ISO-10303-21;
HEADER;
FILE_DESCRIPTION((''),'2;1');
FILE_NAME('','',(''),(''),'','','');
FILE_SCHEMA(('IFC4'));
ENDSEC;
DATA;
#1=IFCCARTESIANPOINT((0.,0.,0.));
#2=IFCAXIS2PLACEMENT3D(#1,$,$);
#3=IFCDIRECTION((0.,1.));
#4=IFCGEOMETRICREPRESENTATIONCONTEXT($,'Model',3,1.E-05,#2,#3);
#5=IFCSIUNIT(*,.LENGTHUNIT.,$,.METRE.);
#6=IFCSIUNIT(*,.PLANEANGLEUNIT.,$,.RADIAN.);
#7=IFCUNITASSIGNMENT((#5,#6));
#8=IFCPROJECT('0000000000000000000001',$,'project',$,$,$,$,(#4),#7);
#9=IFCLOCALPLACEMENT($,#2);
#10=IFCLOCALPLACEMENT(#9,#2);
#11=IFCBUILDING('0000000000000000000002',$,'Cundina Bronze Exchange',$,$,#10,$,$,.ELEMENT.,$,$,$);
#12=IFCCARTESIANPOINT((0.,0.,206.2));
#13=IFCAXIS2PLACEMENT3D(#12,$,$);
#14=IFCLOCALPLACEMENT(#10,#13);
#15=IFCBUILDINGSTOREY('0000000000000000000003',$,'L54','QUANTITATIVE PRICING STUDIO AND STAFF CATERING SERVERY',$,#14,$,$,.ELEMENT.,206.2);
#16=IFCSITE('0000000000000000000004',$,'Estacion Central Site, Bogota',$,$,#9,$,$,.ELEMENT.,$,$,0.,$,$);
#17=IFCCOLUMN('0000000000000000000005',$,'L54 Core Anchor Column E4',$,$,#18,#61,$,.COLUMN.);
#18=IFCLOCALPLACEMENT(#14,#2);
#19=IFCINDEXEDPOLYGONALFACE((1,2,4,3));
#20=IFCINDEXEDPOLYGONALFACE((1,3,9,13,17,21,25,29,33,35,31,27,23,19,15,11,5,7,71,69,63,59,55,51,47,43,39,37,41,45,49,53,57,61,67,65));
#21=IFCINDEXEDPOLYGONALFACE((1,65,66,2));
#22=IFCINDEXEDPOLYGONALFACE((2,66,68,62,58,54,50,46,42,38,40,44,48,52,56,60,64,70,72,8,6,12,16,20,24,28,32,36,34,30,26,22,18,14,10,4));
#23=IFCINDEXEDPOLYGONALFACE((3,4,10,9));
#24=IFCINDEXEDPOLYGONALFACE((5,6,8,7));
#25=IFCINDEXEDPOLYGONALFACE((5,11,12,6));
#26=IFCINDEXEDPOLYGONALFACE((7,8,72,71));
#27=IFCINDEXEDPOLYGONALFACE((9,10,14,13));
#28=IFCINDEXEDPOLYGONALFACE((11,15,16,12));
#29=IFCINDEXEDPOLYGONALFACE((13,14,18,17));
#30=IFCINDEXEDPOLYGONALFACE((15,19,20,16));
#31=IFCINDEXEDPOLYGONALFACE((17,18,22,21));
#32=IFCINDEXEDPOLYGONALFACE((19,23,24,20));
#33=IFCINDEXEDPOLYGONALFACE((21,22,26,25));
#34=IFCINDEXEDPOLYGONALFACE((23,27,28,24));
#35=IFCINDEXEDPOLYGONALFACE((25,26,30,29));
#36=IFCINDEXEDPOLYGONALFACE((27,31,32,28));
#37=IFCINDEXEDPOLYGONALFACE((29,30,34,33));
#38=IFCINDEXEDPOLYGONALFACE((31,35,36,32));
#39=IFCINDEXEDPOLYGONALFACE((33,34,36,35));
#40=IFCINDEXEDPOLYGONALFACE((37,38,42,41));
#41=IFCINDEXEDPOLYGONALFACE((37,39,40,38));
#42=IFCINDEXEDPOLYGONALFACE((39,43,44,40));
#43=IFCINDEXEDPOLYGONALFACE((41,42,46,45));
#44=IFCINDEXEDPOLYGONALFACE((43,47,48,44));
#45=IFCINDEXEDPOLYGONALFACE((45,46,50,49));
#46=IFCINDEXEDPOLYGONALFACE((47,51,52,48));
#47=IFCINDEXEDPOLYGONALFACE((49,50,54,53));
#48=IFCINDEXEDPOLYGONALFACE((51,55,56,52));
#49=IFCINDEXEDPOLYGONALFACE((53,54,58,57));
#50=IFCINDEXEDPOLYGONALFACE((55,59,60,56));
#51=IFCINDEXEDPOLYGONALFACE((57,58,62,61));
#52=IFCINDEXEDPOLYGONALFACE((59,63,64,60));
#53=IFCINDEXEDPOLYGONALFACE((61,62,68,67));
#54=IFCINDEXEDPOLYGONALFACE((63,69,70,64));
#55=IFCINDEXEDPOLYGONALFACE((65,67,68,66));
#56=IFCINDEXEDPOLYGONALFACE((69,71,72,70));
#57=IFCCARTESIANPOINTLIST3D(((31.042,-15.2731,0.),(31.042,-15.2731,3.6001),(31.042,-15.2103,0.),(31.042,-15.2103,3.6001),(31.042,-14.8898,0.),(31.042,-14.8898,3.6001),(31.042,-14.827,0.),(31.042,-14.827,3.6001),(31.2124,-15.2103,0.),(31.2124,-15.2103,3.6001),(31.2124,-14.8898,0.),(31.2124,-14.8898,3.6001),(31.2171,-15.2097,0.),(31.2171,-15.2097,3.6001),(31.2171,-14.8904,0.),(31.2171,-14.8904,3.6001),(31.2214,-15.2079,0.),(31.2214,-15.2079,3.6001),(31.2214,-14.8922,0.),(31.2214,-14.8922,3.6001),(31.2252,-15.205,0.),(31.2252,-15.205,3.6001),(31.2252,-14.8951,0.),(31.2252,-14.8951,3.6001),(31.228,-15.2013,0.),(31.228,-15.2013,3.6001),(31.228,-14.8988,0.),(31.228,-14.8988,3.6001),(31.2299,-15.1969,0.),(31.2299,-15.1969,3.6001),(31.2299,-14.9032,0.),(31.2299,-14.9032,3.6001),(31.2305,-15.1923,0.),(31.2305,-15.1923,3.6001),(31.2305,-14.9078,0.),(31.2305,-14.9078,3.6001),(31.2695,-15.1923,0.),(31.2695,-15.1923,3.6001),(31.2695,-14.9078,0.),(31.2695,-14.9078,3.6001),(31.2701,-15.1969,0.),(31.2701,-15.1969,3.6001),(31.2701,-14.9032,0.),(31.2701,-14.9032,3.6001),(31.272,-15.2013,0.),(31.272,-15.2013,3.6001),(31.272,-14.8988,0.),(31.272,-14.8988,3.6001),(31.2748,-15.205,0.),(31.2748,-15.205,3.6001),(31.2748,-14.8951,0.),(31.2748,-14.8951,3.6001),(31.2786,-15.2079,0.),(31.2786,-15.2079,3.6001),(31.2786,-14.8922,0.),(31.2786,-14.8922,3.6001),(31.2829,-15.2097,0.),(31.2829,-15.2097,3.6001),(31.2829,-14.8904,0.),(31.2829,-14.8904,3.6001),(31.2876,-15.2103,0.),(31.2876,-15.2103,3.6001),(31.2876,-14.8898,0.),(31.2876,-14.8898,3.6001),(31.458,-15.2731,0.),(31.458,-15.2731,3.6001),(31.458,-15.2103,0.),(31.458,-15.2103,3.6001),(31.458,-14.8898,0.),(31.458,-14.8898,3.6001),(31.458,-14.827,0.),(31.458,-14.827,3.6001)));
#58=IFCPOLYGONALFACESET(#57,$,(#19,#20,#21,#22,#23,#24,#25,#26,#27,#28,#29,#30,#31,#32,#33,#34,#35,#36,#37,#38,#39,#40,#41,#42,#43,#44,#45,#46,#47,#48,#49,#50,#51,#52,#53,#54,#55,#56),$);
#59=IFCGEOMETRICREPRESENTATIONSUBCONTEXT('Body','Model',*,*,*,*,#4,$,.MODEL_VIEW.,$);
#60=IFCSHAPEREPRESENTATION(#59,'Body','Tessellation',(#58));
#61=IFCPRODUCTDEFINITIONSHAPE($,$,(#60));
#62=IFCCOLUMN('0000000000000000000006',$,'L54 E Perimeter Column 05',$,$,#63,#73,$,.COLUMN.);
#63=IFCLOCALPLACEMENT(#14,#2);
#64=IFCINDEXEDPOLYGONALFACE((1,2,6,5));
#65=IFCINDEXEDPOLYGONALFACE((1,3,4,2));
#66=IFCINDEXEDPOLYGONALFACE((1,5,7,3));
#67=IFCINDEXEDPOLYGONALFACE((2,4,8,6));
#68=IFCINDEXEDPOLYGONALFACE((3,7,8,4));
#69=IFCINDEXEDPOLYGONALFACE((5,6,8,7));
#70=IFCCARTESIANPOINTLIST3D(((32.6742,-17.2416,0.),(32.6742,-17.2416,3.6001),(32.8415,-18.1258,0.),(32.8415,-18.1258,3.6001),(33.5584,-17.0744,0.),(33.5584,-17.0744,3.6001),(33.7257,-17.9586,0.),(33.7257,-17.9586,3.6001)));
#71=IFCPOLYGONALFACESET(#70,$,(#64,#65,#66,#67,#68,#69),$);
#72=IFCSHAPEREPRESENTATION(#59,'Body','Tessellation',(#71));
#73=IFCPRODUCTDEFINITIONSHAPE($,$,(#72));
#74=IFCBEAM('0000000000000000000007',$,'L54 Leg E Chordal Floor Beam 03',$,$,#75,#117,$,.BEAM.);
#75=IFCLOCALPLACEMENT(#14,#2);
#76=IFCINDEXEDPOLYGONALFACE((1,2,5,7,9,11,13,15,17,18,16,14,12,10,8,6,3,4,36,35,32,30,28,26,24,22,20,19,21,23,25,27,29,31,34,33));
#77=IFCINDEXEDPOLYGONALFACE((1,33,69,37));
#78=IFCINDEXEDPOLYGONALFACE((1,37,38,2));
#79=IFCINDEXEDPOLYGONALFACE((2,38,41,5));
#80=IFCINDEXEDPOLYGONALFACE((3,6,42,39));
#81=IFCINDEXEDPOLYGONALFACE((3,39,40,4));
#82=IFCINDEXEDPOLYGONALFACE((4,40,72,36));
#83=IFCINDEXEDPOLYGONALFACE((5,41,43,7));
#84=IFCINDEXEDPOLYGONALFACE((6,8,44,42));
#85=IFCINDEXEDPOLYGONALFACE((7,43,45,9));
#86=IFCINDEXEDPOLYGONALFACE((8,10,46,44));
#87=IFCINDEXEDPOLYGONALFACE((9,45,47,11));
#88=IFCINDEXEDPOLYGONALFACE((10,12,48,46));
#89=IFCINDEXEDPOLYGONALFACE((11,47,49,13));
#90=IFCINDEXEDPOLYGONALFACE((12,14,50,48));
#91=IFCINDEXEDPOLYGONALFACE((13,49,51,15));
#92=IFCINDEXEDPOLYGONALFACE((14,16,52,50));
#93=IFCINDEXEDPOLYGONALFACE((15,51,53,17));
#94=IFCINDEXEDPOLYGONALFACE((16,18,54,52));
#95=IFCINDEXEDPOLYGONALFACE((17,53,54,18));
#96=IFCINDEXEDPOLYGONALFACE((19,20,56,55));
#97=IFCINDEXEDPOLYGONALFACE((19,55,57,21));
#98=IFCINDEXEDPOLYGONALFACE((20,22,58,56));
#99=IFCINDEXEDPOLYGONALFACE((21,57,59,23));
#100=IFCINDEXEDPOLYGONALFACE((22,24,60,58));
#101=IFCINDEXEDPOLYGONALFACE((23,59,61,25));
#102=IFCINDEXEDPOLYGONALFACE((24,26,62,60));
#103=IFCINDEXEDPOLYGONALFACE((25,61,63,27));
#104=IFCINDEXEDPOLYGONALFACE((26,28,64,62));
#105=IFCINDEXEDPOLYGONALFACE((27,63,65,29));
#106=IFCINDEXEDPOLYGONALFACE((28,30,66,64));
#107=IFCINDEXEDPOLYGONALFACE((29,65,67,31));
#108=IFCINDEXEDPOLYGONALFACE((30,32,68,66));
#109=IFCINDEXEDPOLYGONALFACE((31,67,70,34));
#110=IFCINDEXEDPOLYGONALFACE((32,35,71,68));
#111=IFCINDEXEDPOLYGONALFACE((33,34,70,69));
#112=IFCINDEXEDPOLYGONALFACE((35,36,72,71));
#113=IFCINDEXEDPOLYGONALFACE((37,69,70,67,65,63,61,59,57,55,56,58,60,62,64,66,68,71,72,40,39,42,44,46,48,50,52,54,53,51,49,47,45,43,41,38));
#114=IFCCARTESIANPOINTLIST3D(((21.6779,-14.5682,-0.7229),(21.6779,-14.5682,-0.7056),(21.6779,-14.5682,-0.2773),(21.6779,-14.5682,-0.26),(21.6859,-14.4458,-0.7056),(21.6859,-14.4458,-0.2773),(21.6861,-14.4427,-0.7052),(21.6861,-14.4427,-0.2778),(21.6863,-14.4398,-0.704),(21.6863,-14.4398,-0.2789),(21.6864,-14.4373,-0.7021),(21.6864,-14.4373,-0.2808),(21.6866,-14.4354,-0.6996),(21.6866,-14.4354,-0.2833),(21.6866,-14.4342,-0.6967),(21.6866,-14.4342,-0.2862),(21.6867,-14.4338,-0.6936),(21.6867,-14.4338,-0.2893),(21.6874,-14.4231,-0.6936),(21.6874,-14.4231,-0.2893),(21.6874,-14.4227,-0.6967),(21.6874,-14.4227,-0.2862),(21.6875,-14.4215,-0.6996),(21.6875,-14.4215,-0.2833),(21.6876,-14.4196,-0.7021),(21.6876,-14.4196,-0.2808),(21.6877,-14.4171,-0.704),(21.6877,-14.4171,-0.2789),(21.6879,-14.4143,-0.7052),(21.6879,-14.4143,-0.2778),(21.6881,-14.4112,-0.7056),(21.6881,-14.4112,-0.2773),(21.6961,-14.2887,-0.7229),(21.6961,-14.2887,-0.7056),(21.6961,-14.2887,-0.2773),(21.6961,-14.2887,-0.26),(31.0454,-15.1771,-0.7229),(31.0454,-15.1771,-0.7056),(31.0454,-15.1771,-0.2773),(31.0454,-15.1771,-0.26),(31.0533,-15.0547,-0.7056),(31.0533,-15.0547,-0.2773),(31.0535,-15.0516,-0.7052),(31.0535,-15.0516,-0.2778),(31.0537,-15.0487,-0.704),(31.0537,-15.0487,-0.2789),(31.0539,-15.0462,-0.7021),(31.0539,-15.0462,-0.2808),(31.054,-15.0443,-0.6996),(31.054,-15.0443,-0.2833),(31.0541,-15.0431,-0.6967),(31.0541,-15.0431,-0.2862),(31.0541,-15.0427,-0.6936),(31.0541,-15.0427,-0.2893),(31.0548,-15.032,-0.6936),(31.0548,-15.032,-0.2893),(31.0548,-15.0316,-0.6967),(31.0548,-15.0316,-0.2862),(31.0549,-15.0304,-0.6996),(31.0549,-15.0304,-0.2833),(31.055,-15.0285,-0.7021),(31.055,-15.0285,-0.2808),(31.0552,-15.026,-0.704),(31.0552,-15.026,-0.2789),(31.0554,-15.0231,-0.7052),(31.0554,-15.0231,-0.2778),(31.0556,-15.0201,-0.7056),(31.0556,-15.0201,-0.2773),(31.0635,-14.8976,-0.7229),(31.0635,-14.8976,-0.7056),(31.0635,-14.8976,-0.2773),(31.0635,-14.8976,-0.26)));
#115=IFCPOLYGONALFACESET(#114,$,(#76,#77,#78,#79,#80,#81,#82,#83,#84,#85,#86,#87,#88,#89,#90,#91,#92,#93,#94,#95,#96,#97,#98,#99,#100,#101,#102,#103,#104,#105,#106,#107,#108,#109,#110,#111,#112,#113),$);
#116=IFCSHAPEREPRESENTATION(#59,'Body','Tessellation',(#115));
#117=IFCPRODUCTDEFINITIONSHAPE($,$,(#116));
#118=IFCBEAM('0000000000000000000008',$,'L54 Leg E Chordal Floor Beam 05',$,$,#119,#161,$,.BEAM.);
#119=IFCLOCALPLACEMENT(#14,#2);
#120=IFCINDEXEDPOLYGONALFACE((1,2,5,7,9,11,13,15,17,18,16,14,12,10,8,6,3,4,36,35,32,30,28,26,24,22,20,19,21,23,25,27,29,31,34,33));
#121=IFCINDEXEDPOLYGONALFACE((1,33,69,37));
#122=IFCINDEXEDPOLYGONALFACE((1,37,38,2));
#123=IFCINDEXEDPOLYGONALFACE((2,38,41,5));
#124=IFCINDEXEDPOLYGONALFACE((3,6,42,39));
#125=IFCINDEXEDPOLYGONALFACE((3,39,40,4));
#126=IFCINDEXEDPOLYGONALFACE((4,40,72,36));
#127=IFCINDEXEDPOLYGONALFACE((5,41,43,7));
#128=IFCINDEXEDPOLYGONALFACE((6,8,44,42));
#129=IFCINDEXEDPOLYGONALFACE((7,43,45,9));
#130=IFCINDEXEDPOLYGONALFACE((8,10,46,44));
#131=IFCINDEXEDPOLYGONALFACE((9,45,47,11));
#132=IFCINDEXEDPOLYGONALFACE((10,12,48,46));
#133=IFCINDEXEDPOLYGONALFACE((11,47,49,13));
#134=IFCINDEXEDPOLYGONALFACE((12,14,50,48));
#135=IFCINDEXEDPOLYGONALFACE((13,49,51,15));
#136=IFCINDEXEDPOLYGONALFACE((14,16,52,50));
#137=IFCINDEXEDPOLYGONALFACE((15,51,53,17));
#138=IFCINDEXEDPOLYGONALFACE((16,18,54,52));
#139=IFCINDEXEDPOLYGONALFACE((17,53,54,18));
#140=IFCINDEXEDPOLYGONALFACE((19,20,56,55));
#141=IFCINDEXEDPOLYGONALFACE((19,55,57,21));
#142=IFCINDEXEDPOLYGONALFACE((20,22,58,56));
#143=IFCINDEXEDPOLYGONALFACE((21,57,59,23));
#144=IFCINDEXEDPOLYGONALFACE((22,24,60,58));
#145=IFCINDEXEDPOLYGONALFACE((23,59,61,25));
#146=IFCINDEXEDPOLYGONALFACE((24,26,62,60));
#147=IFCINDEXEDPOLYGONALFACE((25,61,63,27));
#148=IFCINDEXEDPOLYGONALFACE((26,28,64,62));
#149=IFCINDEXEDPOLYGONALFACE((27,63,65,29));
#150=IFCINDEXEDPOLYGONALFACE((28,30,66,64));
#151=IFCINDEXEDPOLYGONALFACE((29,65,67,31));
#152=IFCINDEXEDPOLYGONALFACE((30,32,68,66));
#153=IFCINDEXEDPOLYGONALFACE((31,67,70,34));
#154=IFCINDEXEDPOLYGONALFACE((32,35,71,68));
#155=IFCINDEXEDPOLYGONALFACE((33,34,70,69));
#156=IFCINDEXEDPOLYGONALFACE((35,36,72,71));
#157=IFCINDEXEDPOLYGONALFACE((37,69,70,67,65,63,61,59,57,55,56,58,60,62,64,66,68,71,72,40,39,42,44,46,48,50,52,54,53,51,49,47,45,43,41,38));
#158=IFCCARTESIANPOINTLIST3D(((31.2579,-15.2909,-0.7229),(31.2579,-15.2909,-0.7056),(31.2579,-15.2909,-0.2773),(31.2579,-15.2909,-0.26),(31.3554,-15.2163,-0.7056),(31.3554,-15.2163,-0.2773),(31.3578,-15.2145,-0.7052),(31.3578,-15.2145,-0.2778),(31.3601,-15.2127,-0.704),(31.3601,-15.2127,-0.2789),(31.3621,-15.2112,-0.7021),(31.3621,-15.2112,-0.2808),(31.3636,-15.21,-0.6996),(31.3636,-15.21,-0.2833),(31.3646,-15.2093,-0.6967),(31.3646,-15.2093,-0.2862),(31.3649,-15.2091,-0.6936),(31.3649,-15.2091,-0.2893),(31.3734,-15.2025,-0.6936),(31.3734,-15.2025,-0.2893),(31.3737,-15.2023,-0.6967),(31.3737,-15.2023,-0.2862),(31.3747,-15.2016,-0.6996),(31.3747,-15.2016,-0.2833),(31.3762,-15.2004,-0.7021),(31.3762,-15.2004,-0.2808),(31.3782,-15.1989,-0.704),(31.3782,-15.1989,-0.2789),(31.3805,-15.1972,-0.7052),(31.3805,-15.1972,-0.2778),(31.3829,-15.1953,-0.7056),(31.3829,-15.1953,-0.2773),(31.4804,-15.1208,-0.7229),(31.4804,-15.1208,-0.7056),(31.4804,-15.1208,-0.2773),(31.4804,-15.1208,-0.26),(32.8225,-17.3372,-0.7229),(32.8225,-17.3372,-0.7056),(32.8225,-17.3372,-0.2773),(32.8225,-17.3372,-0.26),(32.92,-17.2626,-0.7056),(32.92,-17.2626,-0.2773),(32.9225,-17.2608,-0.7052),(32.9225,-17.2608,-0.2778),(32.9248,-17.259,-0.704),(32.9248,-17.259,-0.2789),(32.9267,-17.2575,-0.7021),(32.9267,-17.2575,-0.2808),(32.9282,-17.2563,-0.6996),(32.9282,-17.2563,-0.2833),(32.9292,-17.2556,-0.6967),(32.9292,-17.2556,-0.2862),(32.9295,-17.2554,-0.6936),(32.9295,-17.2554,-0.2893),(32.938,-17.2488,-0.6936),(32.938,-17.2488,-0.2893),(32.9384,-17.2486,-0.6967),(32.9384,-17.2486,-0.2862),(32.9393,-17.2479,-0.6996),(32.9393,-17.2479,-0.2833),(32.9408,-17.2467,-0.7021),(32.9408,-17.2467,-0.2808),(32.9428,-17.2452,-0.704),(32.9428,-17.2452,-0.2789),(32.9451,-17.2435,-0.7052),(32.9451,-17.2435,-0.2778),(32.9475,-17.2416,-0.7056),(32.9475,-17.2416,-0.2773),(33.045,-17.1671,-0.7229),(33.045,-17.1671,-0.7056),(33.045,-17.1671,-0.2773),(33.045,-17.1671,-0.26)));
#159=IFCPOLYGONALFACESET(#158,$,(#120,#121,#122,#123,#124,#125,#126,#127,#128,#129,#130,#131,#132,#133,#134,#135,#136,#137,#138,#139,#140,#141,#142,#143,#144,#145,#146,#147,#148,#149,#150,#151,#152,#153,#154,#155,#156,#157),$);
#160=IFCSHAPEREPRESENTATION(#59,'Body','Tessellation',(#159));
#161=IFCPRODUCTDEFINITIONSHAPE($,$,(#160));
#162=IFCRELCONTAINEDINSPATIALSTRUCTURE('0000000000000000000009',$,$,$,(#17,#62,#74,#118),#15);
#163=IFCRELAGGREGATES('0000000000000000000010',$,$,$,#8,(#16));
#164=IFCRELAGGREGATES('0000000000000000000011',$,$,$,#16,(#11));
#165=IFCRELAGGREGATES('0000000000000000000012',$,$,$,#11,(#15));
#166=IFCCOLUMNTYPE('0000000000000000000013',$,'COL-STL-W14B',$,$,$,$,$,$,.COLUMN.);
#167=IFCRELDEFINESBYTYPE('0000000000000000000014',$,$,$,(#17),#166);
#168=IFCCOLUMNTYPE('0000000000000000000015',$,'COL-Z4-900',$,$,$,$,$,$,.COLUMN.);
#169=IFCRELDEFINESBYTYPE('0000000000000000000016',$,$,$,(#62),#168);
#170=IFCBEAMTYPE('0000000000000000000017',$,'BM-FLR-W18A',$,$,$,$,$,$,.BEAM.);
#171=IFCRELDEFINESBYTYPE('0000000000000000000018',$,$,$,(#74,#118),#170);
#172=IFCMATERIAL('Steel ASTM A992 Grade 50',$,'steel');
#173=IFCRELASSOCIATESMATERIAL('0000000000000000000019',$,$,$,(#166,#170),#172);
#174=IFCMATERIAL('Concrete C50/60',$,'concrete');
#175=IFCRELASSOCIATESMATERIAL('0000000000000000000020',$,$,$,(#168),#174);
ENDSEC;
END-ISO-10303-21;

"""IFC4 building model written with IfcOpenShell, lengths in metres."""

from ifc_helpers import new_model, si_unit, direction, frame, origin, origin_2d, place, context, subcontext, project, spatial, rectangle, i_section, extrude, material, material_profile, profile_set, type_object, element, save


model = new_model("IFC4")

# Units and contexts
model_context = context("Model", 3, precision=1e-05, world=origin(), true_north=direction((0.0, 1.0)))
body_context = subcontext(model_context, "Body", "Model", "MODEL_VIEW")
ifc_project = project(units=[si_unit("LENGTHUNIT", "METRE"), si_unit("PLANEANGLEUNIT", "RADIAN")], contexts=[model_context])

# Site, building, storey
site_placement = place(None, origin())
site = spatial("IfcSite", under=ifc_project, at=site_placement, Name="Estacion Central Site, Bogota", CompositionType="ELEMENT", RefElevation=0.0)
building_placement = place(site_placement, origin())
building = spatial("IfcBuilding", under=site, at=building_placement, Name="Cundina Bronze Exchange", CompositionType="ELEMENT")
storey_placement = place(building_placement, frame((0.0, 0.0, 206.2)))
storey = spatial("IfcBuildingStorey", under=building, at=storey_placement, Name="L54", Description="QUANTITATIVE PRICING STUDIO AND STAFF CATERING SERVERY", CompositionType="ELEMENT", Elevation=206.2)

# Columns
ifc_material_1 = material(Name="Steel ASTM A992 Grade 50", Category="steel")
ifc_material_profile_1 = material_profile(ifc_material_1, i_section(OverallWidth=0.416, OverallDepth=0.446, WebThickness=0.0391, FlangeThickness=0.0627, FilletRadius=0.0181, at=origin_2d()), Name="W14X342", Category="steel")
ifc_profile_set_1 = profile_set([ifc_material_profile_1], Name="Steel ASTM A992 Grade 50")
column_type_1 = type_object("IfcColumnType", Name="COL-STL-W14B", PredefinedType="COLUMN", material=ifc_profile_set_1)
column_1_placement = place(storey_placement, frame((31.25, -15.05, 0.0), z_axis=(0.0, 0.0, 1.0), x_axis=(1.0, 0.0, 0.0)))
element("IfcColumn", 1, at=column_1_placement, inside=storey, type_object=column_type_1, Name="L54 Core Anchor Column E4", PredefinedType="COLUMN", context=body_context, shape_type="SweptSolid", body=[
    extrude(i_section(OverallWidth=0.416, OverallDepth=0.446, WebThickness=0.0391, FlangeThickness=0.0627, FilletRadius=0.0181, at=origin_2d()), origin(), (0.0, 0.0, 1.0), 3.6001),
])
ifc_material_2 = material(Name="Concrete C50/60", Category="concrete")
ifc_material_profile_2 = material_profile(ifc_material_2, rectangle(XDim=0.8999, YDim=0.8999, at=origin_2d()), Name="RC900X900", Category="concrete")
ifc_profile_set_2 = profile_set([ifc_material_profile_2], Name="Concrete C50/60")
column_type_2 = type_object("IfcColumnType", Name="COL-Z4-900", PredefinedType="COLUMN", material=ifc_profile_set_2)
column_2_placement = place(storey_placement, frame((33.2, -17.6001, 0.0), z_axis=(0.0, 0.0, 1.0), x_axis=(0.98258, 0.185838, 0.0)))
element("IfcColumn", 2, at=column_2_placement, inside=storey, type_object=column_type_2, Name="L54 E Perimeter Column 05", PredefinedType="COLUMN", context=body_context, shape_type="SweptSolid", body=[
    extrude(rectangle(XDim=0.8999, YDim=0.8999, at=origin_2d()), origin(), (0.0, 0.0, 1.0), 3.6001),
])

# Beams
ifc_material_profile_3 = material_profile(ifc_material_1, i_section(OverallWidth=0.28, OverallDepth=0.4629, WebThickness=0.0107, FlangeThickness=0.0173, FilletRadius=0.012, at=origin_2d()), Name="W18X76", Category="steel")
ifc_profile_set_3 = profile_set([ifc_material_profile_3], Name="Steel ASTM A992 Grade 50")
beam_type_1 = type_object("IfcBeamType", Name="BM-FLR-W18A", PredefinedType="BEAM", material=ifc_profile_set_3)
beam_1_placement = place(storey_placement, frame((31.0544, -15.0374, -0.4915), z_axis=(-0.997894, 0.064864, 0.0), x_axis=(-0.064864, -0.997894, 0.0)))
element("IfcBeam", 3, at=beam_1_placement, inside=storey, type_object=beam_type_1, Name="L54 Leg E Chordal Floor Beam 03", PredefinedType="BEAM", context=body_context, shape_type="SweptSolid", body=[
    extrude(i_section(OverallWidth=0.28, OverallDepth=0.4629, WebThickness=0.0107, FlangeThickness=0.0173, FilletRadius=0.012, at=origin_2d()), origin(), (0.0, 0.0, 1.0), 9.3872),
])
beam_2_placement = place(storey_placement, frame((31.3691, -15.2058, -0.4915), z_axis=(0.607404, -0.794393, 0.0), x_axis=(0.794393, 0.607404, 0.0)))
element("IfcBeam", 4, at=beam_2_placement, inside=storey, type_object=beam_type_1, Name="L54 Leg E Chordal Floor Beam 05", PredefinedType="BEAM", context=body_context, shape_type="SweptSolid", body=[
    extrude(i_section(OverallWidth=0.28, OverallDepth=0.4629, WebThickness=0.0107, FlangeThickness=0.0173, FilletRadius=0.012, at=origin_2d()), origin(), (0.0, 0.0, 1.0), 2.5759),
])

save(model, "model.ifc")
